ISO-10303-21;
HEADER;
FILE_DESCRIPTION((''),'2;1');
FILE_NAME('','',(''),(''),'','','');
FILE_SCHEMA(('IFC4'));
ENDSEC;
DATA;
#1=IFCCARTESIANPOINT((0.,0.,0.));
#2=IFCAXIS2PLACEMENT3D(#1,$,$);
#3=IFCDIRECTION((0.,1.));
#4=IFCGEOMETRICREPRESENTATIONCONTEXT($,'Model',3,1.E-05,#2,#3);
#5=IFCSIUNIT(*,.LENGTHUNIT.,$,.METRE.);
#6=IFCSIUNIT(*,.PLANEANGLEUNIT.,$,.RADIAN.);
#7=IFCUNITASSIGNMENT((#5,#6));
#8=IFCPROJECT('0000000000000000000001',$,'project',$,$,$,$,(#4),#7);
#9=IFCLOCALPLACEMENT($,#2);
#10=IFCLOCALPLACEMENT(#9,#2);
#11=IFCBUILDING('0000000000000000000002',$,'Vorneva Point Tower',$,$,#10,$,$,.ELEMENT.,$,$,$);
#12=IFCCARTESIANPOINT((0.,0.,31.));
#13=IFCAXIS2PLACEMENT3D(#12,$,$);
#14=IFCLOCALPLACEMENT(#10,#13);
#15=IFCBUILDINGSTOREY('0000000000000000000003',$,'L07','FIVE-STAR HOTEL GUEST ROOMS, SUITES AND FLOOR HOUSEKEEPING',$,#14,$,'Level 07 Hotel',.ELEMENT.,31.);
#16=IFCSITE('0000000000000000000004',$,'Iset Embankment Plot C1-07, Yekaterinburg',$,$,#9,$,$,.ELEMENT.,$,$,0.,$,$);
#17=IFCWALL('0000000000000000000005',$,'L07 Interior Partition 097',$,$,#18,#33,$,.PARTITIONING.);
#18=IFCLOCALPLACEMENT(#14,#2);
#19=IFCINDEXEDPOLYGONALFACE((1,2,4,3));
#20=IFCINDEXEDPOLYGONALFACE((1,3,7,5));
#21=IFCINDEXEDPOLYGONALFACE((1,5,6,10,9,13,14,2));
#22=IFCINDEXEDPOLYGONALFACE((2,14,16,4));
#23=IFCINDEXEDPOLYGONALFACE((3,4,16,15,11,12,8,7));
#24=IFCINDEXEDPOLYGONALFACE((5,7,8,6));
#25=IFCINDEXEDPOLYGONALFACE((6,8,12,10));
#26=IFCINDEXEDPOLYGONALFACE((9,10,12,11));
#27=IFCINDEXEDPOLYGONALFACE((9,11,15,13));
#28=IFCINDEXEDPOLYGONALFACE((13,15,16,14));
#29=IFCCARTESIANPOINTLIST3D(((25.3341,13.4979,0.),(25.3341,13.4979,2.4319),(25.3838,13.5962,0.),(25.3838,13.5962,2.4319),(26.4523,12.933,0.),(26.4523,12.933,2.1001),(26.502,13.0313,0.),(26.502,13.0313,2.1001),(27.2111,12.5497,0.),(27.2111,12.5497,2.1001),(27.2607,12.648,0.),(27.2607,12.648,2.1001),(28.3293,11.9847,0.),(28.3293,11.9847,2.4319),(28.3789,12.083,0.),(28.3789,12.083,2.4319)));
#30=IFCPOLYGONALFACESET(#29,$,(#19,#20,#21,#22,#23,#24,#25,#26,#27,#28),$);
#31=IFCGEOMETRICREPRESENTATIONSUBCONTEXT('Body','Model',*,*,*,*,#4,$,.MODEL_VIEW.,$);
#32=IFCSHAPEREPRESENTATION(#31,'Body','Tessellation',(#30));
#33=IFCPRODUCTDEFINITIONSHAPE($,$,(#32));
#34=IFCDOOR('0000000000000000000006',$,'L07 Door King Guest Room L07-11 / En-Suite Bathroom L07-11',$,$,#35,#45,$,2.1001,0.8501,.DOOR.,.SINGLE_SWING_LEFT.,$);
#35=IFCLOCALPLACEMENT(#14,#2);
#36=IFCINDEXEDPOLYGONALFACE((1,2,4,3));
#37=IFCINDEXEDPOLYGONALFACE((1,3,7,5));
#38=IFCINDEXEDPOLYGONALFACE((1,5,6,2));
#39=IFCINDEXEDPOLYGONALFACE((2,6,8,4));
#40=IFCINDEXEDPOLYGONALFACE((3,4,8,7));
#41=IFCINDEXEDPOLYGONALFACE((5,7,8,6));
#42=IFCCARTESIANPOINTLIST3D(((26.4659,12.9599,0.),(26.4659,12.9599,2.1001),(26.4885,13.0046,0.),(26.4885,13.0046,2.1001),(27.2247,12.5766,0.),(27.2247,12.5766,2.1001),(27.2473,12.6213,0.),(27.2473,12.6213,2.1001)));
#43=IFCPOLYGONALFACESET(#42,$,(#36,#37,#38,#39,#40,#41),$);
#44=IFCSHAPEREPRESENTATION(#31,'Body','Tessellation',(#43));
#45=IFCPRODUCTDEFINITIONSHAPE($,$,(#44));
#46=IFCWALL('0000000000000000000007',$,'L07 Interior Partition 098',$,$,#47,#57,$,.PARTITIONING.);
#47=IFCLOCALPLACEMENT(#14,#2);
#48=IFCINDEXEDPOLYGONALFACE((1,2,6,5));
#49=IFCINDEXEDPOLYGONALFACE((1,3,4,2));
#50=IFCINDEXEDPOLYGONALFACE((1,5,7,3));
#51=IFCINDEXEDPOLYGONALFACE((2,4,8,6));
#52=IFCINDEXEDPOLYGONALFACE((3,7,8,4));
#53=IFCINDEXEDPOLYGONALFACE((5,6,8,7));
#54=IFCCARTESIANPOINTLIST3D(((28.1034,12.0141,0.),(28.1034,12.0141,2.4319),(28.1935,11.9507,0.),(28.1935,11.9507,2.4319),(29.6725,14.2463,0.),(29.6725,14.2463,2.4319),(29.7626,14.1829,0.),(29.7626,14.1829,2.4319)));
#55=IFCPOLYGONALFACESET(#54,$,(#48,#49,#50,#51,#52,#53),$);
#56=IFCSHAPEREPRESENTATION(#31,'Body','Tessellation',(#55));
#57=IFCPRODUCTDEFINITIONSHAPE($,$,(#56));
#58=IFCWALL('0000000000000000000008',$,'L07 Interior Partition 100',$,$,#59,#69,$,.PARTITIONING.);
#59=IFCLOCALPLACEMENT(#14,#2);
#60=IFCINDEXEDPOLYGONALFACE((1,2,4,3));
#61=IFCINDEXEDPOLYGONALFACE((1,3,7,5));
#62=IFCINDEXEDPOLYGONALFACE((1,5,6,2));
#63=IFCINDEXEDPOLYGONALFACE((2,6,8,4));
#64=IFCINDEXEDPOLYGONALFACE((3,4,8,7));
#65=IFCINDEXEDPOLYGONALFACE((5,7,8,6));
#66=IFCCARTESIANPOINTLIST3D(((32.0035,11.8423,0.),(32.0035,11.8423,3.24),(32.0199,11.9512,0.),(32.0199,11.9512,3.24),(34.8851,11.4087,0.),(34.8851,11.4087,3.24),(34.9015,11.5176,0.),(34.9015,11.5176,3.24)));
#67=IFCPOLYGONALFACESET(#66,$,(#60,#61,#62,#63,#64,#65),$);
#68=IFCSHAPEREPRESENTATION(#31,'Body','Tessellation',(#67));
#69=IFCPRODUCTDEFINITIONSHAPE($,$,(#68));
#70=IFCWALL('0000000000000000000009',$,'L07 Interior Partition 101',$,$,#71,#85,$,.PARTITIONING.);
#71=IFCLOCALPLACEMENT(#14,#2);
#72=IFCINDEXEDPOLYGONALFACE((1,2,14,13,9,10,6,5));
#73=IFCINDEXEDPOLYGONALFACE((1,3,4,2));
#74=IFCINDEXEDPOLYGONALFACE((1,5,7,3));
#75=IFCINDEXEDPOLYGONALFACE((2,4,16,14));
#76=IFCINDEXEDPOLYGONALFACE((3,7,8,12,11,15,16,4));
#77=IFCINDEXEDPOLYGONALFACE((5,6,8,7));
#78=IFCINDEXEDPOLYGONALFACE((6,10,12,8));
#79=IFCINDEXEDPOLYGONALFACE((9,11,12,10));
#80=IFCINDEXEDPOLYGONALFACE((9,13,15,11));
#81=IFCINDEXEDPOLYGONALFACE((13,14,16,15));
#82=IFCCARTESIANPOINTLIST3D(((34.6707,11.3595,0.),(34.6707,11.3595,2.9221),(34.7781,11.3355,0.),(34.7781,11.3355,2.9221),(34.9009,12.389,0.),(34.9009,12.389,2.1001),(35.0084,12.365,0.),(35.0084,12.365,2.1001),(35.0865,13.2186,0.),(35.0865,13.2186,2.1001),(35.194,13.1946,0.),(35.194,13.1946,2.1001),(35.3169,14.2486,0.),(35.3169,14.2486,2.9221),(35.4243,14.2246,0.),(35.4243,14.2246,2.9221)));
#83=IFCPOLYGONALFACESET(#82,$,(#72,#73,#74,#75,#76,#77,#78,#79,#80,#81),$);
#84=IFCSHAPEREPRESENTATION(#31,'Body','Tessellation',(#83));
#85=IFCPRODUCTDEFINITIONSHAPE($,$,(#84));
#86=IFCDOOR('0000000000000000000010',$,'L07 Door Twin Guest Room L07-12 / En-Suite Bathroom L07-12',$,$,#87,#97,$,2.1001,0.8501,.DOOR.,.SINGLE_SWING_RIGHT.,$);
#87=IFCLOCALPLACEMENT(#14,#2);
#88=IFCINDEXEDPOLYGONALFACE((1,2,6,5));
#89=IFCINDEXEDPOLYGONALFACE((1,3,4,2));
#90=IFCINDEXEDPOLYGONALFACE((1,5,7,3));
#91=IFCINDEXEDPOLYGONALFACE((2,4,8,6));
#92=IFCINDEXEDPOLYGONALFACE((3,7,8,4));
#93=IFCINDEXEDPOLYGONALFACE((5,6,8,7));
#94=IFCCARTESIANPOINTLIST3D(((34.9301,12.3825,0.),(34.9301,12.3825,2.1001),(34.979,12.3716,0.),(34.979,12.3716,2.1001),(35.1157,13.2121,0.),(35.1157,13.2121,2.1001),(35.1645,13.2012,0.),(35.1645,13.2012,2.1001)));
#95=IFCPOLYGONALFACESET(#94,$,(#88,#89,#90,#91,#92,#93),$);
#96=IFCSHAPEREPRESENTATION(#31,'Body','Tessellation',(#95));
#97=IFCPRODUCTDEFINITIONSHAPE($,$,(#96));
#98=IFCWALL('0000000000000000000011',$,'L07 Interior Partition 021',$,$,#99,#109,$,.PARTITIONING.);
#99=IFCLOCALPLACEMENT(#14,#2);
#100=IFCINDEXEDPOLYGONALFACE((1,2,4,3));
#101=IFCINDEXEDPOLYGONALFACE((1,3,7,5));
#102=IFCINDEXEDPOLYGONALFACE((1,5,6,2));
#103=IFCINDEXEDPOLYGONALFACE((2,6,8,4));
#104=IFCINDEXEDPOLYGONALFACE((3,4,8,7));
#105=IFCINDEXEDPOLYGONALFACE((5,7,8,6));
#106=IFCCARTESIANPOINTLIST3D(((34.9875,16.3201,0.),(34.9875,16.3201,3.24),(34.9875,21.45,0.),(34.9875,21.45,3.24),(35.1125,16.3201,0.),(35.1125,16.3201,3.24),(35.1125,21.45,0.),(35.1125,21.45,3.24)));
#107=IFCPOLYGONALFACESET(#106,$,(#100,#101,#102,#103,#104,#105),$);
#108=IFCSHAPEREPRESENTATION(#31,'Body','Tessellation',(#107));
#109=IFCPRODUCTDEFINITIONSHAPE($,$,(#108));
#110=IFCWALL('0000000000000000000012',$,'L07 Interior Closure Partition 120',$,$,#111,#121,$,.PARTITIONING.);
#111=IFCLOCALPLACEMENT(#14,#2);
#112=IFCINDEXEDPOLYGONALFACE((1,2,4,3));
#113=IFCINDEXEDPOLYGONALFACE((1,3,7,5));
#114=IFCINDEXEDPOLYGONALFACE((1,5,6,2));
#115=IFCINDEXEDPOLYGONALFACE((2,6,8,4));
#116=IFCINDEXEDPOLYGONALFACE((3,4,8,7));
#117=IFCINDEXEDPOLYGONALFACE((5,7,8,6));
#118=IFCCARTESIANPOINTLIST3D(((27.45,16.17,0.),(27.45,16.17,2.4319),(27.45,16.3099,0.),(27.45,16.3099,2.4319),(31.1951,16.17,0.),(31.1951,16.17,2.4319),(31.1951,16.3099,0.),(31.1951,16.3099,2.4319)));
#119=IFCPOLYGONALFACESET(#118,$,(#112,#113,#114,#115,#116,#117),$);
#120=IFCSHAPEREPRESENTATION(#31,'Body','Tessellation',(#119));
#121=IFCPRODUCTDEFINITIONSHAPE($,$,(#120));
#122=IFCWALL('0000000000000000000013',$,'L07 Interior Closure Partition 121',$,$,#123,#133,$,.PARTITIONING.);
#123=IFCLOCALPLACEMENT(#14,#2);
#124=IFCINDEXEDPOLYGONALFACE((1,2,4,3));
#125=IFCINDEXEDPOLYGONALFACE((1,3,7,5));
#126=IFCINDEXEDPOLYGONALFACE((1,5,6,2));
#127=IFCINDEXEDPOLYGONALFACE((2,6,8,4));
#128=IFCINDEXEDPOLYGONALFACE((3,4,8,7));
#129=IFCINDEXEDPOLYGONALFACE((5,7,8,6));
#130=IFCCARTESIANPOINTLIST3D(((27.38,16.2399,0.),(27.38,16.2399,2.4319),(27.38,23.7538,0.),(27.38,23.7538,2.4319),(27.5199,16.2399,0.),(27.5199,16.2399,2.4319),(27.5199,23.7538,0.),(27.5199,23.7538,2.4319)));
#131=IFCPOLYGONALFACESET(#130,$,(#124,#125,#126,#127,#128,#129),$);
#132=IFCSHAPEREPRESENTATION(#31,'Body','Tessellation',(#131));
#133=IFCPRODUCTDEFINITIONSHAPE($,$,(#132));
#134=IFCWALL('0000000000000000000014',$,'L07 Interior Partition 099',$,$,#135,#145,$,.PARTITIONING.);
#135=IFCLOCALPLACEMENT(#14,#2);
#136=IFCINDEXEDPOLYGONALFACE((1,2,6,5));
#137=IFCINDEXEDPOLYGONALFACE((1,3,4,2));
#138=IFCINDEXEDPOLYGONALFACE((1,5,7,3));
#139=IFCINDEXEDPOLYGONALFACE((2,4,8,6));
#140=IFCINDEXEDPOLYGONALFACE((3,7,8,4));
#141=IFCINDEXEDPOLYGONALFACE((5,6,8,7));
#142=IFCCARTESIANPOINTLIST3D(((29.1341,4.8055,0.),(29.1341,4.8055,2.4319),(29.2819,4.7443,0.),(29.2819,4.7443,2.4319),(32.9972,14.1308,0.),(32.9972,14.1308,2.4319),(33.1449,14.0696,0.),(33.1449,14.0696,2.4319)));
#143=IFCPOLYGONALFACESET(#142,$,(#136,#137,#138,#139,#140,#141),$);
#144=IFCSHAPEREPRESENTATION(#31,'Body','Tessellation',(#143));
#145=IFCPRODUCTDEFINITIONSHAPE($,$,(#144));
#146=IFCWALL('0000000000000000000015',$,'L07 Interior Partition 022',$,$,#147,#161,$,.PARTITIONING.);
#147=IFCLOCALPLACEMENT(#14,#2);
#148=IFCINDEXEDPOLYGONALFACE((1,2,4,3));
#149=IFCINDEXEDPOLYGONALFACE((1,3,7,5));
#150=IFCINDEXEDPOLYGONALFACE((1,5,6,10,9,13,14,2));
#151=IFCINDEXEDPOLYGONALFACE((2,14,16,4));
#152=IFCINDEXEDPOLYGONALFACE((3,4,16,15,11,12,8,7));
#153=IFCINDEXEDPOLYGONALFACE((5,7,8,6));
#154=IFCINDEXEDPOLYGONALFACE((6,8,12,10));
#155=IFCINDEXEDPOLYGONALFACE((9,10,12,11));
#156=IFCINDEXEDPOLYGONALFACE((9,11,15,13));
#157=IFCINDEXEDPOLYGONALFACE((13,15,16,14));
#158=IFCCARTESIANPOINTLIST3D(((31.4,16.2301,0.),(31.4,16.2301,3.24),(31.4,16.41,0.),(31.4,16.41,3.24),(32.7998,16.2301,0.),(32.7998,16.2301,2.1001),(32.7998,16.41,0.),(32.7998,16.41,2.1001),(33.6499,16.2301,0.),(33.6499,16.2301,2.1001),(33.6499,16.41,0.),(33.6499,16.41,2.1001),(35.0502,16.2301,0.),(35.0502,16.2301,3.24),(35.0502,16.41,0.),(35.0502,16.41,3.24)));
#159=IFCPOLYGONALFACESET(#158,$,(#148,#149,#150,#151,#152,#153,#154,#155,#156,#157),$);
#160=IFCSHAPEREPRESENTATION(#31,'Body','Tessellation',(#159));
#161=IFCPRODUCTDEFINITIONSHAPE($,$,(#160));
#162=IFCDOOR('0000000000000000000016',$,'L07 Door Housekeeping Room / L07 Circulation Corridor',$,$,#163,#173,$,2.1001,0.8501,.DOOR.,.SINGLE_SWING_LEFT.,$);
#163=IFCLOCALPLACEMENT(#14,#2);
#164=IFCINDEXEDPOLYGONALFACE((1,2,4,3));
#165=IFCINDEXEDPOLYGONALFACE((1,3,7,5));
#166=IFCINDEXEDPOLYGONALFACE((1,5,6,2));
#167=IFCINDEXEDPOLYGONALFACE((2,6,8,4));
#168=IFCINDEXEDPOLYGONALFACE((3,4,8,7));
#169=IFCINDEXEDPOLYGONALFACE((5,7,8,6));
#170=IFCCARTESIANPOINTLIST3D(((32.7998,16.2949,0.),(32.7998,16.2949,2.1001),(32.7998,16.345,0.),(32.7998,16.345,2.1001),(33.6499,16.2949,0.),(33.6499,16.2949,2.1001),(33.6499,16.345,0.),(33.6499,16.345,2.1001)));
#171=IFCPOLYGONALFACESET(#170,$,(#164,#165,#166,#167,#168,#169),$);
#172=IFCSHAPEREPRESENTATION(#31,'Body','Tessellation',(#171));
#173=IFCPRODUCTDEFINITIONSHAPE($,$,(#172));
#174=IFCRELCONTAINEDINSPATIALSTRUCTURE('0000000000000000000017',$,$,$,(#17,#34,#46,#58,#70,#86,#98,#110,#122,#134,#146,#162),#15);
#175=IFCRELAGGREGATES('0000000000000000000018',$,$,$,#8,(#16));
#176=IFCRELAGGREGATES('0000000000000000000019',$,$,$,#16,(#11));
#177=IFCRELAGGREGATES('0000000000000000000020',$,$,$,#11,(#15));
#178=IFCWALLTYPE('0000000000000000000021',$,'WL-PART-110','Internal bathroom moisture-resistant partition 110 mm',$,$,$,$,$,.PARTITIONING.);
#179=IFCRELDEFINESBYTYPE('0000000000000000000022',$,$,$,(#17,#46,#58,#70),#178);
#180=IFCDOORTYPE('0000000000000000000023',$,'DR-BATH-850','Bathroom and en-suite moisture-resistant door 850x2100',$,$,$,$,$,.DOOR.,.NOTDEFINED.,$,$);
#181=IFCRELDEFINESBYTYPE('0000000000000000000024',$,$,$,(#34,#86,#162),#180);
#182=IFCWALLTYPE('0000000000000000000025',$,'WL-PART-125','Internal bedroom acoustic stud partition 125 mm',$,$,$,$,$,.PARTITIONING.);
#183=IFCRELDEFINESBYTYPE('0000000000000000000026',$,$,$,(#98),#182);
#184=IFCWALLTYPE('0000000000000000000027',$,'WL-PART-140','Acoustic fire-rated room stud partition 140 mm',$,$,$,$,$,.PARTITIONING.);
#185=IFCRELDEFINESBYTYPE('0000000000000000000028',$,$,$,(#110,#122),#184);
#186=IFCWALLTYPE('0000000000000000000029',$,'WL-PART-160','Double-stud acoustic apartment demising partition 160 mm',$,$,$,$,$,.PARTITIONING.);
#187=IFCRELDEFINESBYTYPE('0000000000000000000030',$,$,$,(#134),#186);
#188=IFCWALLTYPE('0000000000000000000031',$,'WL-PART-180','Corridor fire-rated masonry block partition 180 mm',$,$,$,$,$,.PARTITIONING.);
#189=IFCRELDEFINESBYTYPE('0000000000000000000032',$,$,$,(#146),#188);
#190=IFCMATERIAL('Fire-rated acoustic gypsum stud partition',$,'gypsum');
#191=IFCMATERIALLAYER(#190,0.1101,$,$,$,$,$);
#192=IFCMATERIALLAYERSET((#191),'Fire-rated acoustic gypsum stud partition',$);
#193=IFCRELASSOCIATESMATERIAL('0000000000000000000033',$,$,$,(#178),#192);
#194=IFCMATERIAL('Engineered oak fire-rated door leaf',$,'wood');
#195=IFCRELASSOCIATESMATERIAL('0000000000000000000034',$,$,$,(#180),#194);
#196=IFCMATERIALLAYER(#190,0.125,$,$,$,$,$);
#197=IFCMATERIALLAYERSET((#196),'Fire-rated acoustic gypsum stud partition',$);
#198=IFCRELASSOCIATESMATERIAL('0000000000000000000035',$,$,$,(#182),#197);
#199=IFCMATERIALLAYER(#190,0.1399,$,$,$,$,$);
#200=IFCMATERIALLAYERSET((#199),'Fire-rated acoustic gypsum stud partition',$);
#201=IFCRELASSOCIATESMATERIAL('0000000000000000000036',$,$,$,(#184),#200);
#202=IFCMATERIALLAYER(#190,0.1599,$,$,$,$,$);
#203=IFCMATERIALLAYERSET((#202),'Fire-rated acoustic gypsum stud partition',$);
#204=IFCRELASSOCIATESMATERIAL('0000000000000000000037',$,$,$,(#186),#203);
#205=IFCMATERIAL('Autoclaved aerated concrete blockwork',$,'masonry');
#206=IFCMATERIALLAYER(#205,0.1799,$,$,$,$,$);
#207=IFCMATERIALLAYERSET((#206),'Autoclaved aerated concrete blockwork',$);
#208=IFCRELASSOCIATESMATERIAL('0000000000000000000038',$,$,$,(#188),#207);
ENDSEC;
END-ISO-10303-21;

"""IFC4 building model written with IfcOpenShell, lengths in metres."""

from ifc_helpers import new_model, si_unit, direction, frame, frame_2d, origin, place, context, subcontext, project, spatial, rectangle, extrude, material, layer, layer_set, type_object, element, fill, save


model = new_model("IFC4")

# Units and contexts
model_context = context("Model", 3, precision=1e-05, world=origin(), true_north=direction((0.0, 1.0)))
body_context = subcontext(model_context, "Body", "Model", "MODEL_VIEW")
ifc_project = project(units=[si_unit("LENGTHUNIT", "METRE"), si_unit("PLANEANGLEUNIT", "RADIAN")], contexts=[model_context])

# Site, building, storey
site_placement = place(None, origin())
site = spatial("IfcSite", under=ifc_project, at=site_placement, Name="Iset Embankment Plot C1-07, Yekaterinburg", CompositionType="ELEMENT", RefElevation=0.0)
building_placement = place(site_placement, origin())
building = spatial("IfcBuilding", under=site, at=building_placement, Name="Vorneva Point Tower", CompositionType="ELEMENT")
storey_placement = place(building_placement, frame((0.0, 0.0, 31.0)))
storey = spatial("IfcBuildingStorey", under=building, at=storey_placement, Name="L07", Description="FIVE-STAR HOTEL GUEST ROOMS, SUITES AND FLOOR HOUSEKEEPING", LongName="Level 07 Hotel", CompositionType="ELEMENT", Elevation=31.0)

# Wall, opening, door
ifc_material_1 = material(Name="Fire-rated acoustic gypsum stud partition", Category="gypsum")
ifc_layer_1 = layer(ifc_material_1, 0.1101)
ifc_layer_set_1 = layer_set([ifc_layer_1], Name="Fire-rated acoustic gypsum stud partition")
wall_type_1 = type_object("IfcWallType", Name="WL-PART-110", Description="Internal bathroom moisture-resistant partition 110 mm", PredefinedType="PARTITIONING", material=ifc_layer_set_1)
wall_1_placement = place(storey_placement, frame((28.354, 12.0339, 0.0), z_axis=(0.0, 0.0, 1.0), x_axis=(-0.892557, 0.450935, 0.0)))
wall_1 = element("IfcWall", 1, at=wall_1_placement, inside=storey, type_object=wall_type_1, Name="L07 Interior Partition 097", PredefinedType="PARTITIONING", context=body_context, shape_type="SweptSolid", body=[
    extrude(rectangle(XDim=3.3557, YDim=0.1101, at=frame_2d((1.6777, 0.0))), origin(), (0.0, 0.0, 1.0), 2.4319),
])
opening_1_placement = place(wall_1_placement, frame((1.2527, 0.0, 0.0)))
opening_1 = element("IfcOpeningElement", 2, at=opening_1_placement, cuts=wall_1, PredefinedType="OPENING", context=body_context, shape_type="SweptSolid", body=[
    extrude(rectangle(XDim=0.8501, YDim=2.1001, at=frame_2d((0.425, 1.05))), frame((0.0, 0.0698, 0.0), z_axis=(0.0, -1.0, 0.0), x_axis=(1.0, 0.0, 0.0)), (0.0, 0.0, 1.0), 0.1399),
])
ifc_material_2 = material(Name="Engineered oak fire-rated door leaf", Category="wood")
door_type_1 = type_object("IfcDoorType", Name="DR-BATH-850", Description="Bathroom and en-suite moisture-resistant door 850x2100", OperationType="NOTDEFINED", PredefinedType="DOOR", material=ifc_material_2)
door_1_placement = place(opening_1_placement, origin())
door_1 = element("IfcDoor", 3, at=door_1_placement, inside=storey, type_object=door_type_1, Name="L07 Door King Guest Room L07-11 / En-Suite Bathroom L07-11", OperationType="SINGLE_SWING_LEFT", OverallHeight=2.1001, OverallWidth=0.8501, PredefinedType="DOOR", context=body_context, shape_type="SweptSolid", body=[
    extrude(rectangle(XDim=0.8501, YDim=2.1001, at=frame_2d((0.425, 1.05))), frame((0.0, 0.0249, 0.0), z_axis=(0.0, -1.0, 0.0), x_axis=(1.0, 0.0, 0.0)), (0.0, 0.0, 1.0), 0.05),
])
fill(opening_1, door_1)

# Walls
wall_2_placement = place(storey_placement, frame((29.7175, 14.2146, 0.0), z_axis=(0.0, 0.0, 1.0), x_axis=(-0.575077, -0.8181, 0.0)))
element("IfcWall", 4, at=wall_2_placement, inside=storey, type_object=wall_type_1, Name="L07 Interior Partition 098", PredefinedType="PARTITIONING", context=body_context, shape_type="SweptSolid", body=[
    extrude(rectangle(XDim=2.7285, YDim=0.1101, at=frame_2d((1.3643, 0.0))), origin(), (0.0, 0.0, 1.0), 2.4319),
])
wall_3_placement = place(storey_placement, frame((34.8933, 11.4631, 0.0), z_axis=(0.0, 0.0, 1.0), x_axis=(-0.988868, 0.148795, 0.0)))
element("IfcWall", 5, at=wall_3_placement, inside=storey, type_object=wall_type_1, Name="L07 Interior Partition 100", PredefinedType="PARTITIONING", context=body_context, shape_type="SweptSolid", body=[
    extrude(rectangle(XDim=2.9141, YDim=0.1101, at=frame_2d((1.457, 0.0))), origin(), (0.0, 0.0, 1.0), 3.24),
])

# Wall, opening, door
wall_4_placement = place(storey_placement, frame((35.3706, 14.2366, 0.0), z_axis=(0.0, 0.0, 1.0), x_axis=(-0.218284, -0.975885, 0.0)))
wall_4 = element("IfcWall", 6, at=wall_4_placement, inside=storey, type_object=wall_type_1, Name="L07 Interior Partition 101", PredefinedType="PARTITIONING", context=body_context, shape_type="SweptSolid", body=[
    extrude(rectangle(XDim=2.9604, YDim=0.1101, at=frame_2d((1.4802, 0.0))), origin(), (0.0, 0.0, 1.0), 2.9221),
])
opening_2_placement = place(wall_4_placement, frame((1.0554, 0.0, 0.0)))
opening_2 = element("IfcOpeningElement", 7, at=opening_2_placement, cuts=wall_4, PredefinedType="OPENING", context=body_context, shape_type="SweptSolid", body=[
    extrude(rectangle(XDim=0.8501, YDim=2.1001, at=frame_2d((0.425, 1.05))), frame((0.0, 0.0698, 0.0), z_axis=(0.0, -1.0, 0.0), x_axis=(1.0, 0.0, 0.0)), (0.0, 0.0, 1.0), 0.1399),
])
door_2_placement = place(opening_2_placement, origin())
door_2 = element("IfcDoor", 8, at=door_2_placement, inside=storey, type_object=door_type_1, Name="L07 Door Twin Guest Room L07-12 / En-Suite Bathroom L07-12", OperationType="SINGLE_SWING_RIGHT", OverallHeight=2.1001, OverallWidth=0.8501, PredefinedType="DOOR", context=body_context, shape_type="SweptSolid", body=[
    extrude(rectangle(XDim=0.8501, YDim=2.1001, at=frame_2d((0.425, 1.05))), frame((0.0, 0.0249, 0.0), z_axis=(0.0, -1.0, 0.0), x_axis=(1.0, 0.0, 0.0)), (0.0, 0.0, 1.0), 0.05),
])
fill(opening_2, door_2)

# Walls
ifc_layer_2 = layer(ifc_material_1, 0.125)
ifc_layer_set_2 = layer_set([ifc_layer_2], Name="Fire-rated acoustic gypsum stud partition")
wall_type_2 = type_object("IfcWallType", Name="WL-PART-125", Description="Internal bedroom acoustic stud partition 125 mm", PredefinedType="PARTITIONING", material=ifc_layer_set_2)
wall_5_placement = place(storey_placement, frame((35.05, 16.3201, 0.0), z_axis=(0.0, 0.0, 1.0), x_axis=(0.0, 1.0, 0.0)))
element("IfcWall", 9, at=wall_5_placement, inside=storey, type_object=wall_type_2, Name="L07 Interior Partition 021", PredefinedType="PARTITIONING", context=body_context, shape_type="SweptSolid", body=[
    extrude(rectangle(XDim=5.1299, YDim=0.125, at=frame_2d((2.5649, 0.0))), origin(), (0.0, 0.0, 1.0), 3.24),
])
ifc_layer_3 = layer(ifc_material_1, 0.1399)
ifc_layer_set_3 = layer_set([ifc_layer_3], Name="Fire-rated acoustic gypsum stud partition")
wall_type_3 = type_object("IfcWallType", Name="WL-PART-140", Description="Acoustic fire-rated room stud partition 140 mm", PredefinedType="PARTITIONING", material=ifc_layer_set_3)
wall_6_placement = place(storey_placement, frame((31.1951, 16.24, 0.0), z_axis=(0.0, 0.0, 1.0), x_axis=(-1.0, 0.0, 0.0)))
element("IfcWall", 10, at=wall_6_placement, inside=storey, type_object=wall_type_3, Name="L07 Interior Closure Partition 120", PredefinedType="PARTITIONING", context=body_context, shape_type="SweptSolid", body=[
    extrude(rectangle(XDim=3.7451, YDim=0.1399, at=frame_2d((1.8726, 0.0))), origin(), (0.0, 0.0, 1.0), 2.4319),
])
wall_7_placement = place(storey_placement, frame((27.45, 16.24, 0.0), z_axis=(0.0, 0.0, 1.0), x_axis=(0.0, 1.0, 0.0)))
element("IfcWall", 11, at=wall_7_placement, inside=storey, type_object=wall_type_3, Name="L07 Interior Closure Partition 121", PredefinedType="PARTITIONING", context=body_context, shape_type="SweptSolid", body=[
    extrude(rectangle(XDim=7.5139, YDim=0.1399, at=frame_2d((3.7568, 0.0))), origin(), (0.0, 0.0, 1.0), 2.4319),
])
ifc_layer_4 = layer(ifc_material_1, 0.1599)
ifc_layer_set_4 = layer_set([ifc_layer_4], Name="Fire-rated acoustic gypsum stud partition")
wall_type_4 = type_object("IfcWallType", Name="WL-PART-160", Description="Double-stud acoustic apartment demising partition 160 mm", PredefinedType="PARTITIONING", material=ifc_layer_set_4)
wall_8_placement = place(storey_placement, frame((29.208, 4.7749, 0.0), z_axis=(0.0, 0.0, 1.0), x_axis=(0.382719, 0.923865, 0.0)))
element("IfcWall", 12, at=wall_8_placement, inside=storey, type_object=wall_type_4, Name="L07 Interior Partition 099", PredefinedType="PARTITIONING", context=body_context, shape_type="SweptSolid", body=[
    extrude(rectangle(XDim=10.0938, YDim=0.1599, at=frame_2d((5.0469, 0.0))), origin(), (0.0, 0.0, 1.0), 2.4319),
])

# Wall, opening, door
ifc_material_3 = material(Name="Autoclaved aerated concrete blockwork", Category="masonry")
ifc_layer_5 = layer(ifc_material_3, 0.1799)
ifc_layer_set_5 = layer_set([ifc_layer_5], Name="Autoclaved aerated concrete blockwork")
wall_type_5 = type_object("IfcWallType", Name="WL-PART-180", Description="Corridor fire-rated masonry block partition 180 mm", PredefinedType="PARTITIONING", material=ifc_layer_set_5)
wall_9_placement = place(storey_placement, frame((31.3999, 16.3201, 0.0), z_axis=(0.0, 0.0, 1.0), x_axis=(1.0, 0.0, 0.0)))
wall_9 = element("IfcWall", 13, at=wall_9_placement, inside=storey, type_object=wall_type_5, Name="L07 Interior Partition 022", PredefinedType="PARTITIONING", context=body_context, shape_type="SweptSolid", body=[
    extrude(rectangle(XDim=3.6501, YDim=0.1799, at=frame_2d((1.8252, 0.0))), origin(), (0.0, 0.0, 1.0), 3.24),
])
opening_3_placement = place(wall_9_placement, frame((1.3999, 0.0, 0.0)))
opening_3 = element("IfcOpeningElement", 14, at=opening_3_placement, cuts=wall_9, PredefinedType="OPENING", context=body_context, shape_type="SweptSolid", body=[
    extrude(rectangle(XDim=0.8501, YDim=2.1001, at=frame_2d((0.425, 1.05))), frame((0.0, 0.105, 0.0), z_axis=(0.0, -1.0, 0.0), x_axis=(1.0, 0.0, 0.0)), (0.0, 0.0, 1.0), 0.2097),
])
door_3_placement = place(opening_3_placement, origin())
door_3 = element("IfcDoor", 15, at=door_3_placement, inside=storey, type_object=door_type_1, Name="L07 Door Housekeeping Room / L07 Circulation Corridor", OperationType="SINGLE_SWING_LEFT", OverallHeight=2.1001, OverallWidth=0.8501, PredefinedType="DOOR", context=body_context, shape_type="SweptSolid", body=[
    extrude(rectangle(XDim=0.8501, YDim=2.1001, at=frame_2d((0.425, 1.05))), frame((0.0, 0.0249, 0.0), z_axis=(0.0, -1.0, 0.0), x_axis=(1.0, 0.0, 0.0)), (0.0, 0.0, 1.0), 0.05),
])
fill(opening_3, door_3)

save(model, "model.ifc")
